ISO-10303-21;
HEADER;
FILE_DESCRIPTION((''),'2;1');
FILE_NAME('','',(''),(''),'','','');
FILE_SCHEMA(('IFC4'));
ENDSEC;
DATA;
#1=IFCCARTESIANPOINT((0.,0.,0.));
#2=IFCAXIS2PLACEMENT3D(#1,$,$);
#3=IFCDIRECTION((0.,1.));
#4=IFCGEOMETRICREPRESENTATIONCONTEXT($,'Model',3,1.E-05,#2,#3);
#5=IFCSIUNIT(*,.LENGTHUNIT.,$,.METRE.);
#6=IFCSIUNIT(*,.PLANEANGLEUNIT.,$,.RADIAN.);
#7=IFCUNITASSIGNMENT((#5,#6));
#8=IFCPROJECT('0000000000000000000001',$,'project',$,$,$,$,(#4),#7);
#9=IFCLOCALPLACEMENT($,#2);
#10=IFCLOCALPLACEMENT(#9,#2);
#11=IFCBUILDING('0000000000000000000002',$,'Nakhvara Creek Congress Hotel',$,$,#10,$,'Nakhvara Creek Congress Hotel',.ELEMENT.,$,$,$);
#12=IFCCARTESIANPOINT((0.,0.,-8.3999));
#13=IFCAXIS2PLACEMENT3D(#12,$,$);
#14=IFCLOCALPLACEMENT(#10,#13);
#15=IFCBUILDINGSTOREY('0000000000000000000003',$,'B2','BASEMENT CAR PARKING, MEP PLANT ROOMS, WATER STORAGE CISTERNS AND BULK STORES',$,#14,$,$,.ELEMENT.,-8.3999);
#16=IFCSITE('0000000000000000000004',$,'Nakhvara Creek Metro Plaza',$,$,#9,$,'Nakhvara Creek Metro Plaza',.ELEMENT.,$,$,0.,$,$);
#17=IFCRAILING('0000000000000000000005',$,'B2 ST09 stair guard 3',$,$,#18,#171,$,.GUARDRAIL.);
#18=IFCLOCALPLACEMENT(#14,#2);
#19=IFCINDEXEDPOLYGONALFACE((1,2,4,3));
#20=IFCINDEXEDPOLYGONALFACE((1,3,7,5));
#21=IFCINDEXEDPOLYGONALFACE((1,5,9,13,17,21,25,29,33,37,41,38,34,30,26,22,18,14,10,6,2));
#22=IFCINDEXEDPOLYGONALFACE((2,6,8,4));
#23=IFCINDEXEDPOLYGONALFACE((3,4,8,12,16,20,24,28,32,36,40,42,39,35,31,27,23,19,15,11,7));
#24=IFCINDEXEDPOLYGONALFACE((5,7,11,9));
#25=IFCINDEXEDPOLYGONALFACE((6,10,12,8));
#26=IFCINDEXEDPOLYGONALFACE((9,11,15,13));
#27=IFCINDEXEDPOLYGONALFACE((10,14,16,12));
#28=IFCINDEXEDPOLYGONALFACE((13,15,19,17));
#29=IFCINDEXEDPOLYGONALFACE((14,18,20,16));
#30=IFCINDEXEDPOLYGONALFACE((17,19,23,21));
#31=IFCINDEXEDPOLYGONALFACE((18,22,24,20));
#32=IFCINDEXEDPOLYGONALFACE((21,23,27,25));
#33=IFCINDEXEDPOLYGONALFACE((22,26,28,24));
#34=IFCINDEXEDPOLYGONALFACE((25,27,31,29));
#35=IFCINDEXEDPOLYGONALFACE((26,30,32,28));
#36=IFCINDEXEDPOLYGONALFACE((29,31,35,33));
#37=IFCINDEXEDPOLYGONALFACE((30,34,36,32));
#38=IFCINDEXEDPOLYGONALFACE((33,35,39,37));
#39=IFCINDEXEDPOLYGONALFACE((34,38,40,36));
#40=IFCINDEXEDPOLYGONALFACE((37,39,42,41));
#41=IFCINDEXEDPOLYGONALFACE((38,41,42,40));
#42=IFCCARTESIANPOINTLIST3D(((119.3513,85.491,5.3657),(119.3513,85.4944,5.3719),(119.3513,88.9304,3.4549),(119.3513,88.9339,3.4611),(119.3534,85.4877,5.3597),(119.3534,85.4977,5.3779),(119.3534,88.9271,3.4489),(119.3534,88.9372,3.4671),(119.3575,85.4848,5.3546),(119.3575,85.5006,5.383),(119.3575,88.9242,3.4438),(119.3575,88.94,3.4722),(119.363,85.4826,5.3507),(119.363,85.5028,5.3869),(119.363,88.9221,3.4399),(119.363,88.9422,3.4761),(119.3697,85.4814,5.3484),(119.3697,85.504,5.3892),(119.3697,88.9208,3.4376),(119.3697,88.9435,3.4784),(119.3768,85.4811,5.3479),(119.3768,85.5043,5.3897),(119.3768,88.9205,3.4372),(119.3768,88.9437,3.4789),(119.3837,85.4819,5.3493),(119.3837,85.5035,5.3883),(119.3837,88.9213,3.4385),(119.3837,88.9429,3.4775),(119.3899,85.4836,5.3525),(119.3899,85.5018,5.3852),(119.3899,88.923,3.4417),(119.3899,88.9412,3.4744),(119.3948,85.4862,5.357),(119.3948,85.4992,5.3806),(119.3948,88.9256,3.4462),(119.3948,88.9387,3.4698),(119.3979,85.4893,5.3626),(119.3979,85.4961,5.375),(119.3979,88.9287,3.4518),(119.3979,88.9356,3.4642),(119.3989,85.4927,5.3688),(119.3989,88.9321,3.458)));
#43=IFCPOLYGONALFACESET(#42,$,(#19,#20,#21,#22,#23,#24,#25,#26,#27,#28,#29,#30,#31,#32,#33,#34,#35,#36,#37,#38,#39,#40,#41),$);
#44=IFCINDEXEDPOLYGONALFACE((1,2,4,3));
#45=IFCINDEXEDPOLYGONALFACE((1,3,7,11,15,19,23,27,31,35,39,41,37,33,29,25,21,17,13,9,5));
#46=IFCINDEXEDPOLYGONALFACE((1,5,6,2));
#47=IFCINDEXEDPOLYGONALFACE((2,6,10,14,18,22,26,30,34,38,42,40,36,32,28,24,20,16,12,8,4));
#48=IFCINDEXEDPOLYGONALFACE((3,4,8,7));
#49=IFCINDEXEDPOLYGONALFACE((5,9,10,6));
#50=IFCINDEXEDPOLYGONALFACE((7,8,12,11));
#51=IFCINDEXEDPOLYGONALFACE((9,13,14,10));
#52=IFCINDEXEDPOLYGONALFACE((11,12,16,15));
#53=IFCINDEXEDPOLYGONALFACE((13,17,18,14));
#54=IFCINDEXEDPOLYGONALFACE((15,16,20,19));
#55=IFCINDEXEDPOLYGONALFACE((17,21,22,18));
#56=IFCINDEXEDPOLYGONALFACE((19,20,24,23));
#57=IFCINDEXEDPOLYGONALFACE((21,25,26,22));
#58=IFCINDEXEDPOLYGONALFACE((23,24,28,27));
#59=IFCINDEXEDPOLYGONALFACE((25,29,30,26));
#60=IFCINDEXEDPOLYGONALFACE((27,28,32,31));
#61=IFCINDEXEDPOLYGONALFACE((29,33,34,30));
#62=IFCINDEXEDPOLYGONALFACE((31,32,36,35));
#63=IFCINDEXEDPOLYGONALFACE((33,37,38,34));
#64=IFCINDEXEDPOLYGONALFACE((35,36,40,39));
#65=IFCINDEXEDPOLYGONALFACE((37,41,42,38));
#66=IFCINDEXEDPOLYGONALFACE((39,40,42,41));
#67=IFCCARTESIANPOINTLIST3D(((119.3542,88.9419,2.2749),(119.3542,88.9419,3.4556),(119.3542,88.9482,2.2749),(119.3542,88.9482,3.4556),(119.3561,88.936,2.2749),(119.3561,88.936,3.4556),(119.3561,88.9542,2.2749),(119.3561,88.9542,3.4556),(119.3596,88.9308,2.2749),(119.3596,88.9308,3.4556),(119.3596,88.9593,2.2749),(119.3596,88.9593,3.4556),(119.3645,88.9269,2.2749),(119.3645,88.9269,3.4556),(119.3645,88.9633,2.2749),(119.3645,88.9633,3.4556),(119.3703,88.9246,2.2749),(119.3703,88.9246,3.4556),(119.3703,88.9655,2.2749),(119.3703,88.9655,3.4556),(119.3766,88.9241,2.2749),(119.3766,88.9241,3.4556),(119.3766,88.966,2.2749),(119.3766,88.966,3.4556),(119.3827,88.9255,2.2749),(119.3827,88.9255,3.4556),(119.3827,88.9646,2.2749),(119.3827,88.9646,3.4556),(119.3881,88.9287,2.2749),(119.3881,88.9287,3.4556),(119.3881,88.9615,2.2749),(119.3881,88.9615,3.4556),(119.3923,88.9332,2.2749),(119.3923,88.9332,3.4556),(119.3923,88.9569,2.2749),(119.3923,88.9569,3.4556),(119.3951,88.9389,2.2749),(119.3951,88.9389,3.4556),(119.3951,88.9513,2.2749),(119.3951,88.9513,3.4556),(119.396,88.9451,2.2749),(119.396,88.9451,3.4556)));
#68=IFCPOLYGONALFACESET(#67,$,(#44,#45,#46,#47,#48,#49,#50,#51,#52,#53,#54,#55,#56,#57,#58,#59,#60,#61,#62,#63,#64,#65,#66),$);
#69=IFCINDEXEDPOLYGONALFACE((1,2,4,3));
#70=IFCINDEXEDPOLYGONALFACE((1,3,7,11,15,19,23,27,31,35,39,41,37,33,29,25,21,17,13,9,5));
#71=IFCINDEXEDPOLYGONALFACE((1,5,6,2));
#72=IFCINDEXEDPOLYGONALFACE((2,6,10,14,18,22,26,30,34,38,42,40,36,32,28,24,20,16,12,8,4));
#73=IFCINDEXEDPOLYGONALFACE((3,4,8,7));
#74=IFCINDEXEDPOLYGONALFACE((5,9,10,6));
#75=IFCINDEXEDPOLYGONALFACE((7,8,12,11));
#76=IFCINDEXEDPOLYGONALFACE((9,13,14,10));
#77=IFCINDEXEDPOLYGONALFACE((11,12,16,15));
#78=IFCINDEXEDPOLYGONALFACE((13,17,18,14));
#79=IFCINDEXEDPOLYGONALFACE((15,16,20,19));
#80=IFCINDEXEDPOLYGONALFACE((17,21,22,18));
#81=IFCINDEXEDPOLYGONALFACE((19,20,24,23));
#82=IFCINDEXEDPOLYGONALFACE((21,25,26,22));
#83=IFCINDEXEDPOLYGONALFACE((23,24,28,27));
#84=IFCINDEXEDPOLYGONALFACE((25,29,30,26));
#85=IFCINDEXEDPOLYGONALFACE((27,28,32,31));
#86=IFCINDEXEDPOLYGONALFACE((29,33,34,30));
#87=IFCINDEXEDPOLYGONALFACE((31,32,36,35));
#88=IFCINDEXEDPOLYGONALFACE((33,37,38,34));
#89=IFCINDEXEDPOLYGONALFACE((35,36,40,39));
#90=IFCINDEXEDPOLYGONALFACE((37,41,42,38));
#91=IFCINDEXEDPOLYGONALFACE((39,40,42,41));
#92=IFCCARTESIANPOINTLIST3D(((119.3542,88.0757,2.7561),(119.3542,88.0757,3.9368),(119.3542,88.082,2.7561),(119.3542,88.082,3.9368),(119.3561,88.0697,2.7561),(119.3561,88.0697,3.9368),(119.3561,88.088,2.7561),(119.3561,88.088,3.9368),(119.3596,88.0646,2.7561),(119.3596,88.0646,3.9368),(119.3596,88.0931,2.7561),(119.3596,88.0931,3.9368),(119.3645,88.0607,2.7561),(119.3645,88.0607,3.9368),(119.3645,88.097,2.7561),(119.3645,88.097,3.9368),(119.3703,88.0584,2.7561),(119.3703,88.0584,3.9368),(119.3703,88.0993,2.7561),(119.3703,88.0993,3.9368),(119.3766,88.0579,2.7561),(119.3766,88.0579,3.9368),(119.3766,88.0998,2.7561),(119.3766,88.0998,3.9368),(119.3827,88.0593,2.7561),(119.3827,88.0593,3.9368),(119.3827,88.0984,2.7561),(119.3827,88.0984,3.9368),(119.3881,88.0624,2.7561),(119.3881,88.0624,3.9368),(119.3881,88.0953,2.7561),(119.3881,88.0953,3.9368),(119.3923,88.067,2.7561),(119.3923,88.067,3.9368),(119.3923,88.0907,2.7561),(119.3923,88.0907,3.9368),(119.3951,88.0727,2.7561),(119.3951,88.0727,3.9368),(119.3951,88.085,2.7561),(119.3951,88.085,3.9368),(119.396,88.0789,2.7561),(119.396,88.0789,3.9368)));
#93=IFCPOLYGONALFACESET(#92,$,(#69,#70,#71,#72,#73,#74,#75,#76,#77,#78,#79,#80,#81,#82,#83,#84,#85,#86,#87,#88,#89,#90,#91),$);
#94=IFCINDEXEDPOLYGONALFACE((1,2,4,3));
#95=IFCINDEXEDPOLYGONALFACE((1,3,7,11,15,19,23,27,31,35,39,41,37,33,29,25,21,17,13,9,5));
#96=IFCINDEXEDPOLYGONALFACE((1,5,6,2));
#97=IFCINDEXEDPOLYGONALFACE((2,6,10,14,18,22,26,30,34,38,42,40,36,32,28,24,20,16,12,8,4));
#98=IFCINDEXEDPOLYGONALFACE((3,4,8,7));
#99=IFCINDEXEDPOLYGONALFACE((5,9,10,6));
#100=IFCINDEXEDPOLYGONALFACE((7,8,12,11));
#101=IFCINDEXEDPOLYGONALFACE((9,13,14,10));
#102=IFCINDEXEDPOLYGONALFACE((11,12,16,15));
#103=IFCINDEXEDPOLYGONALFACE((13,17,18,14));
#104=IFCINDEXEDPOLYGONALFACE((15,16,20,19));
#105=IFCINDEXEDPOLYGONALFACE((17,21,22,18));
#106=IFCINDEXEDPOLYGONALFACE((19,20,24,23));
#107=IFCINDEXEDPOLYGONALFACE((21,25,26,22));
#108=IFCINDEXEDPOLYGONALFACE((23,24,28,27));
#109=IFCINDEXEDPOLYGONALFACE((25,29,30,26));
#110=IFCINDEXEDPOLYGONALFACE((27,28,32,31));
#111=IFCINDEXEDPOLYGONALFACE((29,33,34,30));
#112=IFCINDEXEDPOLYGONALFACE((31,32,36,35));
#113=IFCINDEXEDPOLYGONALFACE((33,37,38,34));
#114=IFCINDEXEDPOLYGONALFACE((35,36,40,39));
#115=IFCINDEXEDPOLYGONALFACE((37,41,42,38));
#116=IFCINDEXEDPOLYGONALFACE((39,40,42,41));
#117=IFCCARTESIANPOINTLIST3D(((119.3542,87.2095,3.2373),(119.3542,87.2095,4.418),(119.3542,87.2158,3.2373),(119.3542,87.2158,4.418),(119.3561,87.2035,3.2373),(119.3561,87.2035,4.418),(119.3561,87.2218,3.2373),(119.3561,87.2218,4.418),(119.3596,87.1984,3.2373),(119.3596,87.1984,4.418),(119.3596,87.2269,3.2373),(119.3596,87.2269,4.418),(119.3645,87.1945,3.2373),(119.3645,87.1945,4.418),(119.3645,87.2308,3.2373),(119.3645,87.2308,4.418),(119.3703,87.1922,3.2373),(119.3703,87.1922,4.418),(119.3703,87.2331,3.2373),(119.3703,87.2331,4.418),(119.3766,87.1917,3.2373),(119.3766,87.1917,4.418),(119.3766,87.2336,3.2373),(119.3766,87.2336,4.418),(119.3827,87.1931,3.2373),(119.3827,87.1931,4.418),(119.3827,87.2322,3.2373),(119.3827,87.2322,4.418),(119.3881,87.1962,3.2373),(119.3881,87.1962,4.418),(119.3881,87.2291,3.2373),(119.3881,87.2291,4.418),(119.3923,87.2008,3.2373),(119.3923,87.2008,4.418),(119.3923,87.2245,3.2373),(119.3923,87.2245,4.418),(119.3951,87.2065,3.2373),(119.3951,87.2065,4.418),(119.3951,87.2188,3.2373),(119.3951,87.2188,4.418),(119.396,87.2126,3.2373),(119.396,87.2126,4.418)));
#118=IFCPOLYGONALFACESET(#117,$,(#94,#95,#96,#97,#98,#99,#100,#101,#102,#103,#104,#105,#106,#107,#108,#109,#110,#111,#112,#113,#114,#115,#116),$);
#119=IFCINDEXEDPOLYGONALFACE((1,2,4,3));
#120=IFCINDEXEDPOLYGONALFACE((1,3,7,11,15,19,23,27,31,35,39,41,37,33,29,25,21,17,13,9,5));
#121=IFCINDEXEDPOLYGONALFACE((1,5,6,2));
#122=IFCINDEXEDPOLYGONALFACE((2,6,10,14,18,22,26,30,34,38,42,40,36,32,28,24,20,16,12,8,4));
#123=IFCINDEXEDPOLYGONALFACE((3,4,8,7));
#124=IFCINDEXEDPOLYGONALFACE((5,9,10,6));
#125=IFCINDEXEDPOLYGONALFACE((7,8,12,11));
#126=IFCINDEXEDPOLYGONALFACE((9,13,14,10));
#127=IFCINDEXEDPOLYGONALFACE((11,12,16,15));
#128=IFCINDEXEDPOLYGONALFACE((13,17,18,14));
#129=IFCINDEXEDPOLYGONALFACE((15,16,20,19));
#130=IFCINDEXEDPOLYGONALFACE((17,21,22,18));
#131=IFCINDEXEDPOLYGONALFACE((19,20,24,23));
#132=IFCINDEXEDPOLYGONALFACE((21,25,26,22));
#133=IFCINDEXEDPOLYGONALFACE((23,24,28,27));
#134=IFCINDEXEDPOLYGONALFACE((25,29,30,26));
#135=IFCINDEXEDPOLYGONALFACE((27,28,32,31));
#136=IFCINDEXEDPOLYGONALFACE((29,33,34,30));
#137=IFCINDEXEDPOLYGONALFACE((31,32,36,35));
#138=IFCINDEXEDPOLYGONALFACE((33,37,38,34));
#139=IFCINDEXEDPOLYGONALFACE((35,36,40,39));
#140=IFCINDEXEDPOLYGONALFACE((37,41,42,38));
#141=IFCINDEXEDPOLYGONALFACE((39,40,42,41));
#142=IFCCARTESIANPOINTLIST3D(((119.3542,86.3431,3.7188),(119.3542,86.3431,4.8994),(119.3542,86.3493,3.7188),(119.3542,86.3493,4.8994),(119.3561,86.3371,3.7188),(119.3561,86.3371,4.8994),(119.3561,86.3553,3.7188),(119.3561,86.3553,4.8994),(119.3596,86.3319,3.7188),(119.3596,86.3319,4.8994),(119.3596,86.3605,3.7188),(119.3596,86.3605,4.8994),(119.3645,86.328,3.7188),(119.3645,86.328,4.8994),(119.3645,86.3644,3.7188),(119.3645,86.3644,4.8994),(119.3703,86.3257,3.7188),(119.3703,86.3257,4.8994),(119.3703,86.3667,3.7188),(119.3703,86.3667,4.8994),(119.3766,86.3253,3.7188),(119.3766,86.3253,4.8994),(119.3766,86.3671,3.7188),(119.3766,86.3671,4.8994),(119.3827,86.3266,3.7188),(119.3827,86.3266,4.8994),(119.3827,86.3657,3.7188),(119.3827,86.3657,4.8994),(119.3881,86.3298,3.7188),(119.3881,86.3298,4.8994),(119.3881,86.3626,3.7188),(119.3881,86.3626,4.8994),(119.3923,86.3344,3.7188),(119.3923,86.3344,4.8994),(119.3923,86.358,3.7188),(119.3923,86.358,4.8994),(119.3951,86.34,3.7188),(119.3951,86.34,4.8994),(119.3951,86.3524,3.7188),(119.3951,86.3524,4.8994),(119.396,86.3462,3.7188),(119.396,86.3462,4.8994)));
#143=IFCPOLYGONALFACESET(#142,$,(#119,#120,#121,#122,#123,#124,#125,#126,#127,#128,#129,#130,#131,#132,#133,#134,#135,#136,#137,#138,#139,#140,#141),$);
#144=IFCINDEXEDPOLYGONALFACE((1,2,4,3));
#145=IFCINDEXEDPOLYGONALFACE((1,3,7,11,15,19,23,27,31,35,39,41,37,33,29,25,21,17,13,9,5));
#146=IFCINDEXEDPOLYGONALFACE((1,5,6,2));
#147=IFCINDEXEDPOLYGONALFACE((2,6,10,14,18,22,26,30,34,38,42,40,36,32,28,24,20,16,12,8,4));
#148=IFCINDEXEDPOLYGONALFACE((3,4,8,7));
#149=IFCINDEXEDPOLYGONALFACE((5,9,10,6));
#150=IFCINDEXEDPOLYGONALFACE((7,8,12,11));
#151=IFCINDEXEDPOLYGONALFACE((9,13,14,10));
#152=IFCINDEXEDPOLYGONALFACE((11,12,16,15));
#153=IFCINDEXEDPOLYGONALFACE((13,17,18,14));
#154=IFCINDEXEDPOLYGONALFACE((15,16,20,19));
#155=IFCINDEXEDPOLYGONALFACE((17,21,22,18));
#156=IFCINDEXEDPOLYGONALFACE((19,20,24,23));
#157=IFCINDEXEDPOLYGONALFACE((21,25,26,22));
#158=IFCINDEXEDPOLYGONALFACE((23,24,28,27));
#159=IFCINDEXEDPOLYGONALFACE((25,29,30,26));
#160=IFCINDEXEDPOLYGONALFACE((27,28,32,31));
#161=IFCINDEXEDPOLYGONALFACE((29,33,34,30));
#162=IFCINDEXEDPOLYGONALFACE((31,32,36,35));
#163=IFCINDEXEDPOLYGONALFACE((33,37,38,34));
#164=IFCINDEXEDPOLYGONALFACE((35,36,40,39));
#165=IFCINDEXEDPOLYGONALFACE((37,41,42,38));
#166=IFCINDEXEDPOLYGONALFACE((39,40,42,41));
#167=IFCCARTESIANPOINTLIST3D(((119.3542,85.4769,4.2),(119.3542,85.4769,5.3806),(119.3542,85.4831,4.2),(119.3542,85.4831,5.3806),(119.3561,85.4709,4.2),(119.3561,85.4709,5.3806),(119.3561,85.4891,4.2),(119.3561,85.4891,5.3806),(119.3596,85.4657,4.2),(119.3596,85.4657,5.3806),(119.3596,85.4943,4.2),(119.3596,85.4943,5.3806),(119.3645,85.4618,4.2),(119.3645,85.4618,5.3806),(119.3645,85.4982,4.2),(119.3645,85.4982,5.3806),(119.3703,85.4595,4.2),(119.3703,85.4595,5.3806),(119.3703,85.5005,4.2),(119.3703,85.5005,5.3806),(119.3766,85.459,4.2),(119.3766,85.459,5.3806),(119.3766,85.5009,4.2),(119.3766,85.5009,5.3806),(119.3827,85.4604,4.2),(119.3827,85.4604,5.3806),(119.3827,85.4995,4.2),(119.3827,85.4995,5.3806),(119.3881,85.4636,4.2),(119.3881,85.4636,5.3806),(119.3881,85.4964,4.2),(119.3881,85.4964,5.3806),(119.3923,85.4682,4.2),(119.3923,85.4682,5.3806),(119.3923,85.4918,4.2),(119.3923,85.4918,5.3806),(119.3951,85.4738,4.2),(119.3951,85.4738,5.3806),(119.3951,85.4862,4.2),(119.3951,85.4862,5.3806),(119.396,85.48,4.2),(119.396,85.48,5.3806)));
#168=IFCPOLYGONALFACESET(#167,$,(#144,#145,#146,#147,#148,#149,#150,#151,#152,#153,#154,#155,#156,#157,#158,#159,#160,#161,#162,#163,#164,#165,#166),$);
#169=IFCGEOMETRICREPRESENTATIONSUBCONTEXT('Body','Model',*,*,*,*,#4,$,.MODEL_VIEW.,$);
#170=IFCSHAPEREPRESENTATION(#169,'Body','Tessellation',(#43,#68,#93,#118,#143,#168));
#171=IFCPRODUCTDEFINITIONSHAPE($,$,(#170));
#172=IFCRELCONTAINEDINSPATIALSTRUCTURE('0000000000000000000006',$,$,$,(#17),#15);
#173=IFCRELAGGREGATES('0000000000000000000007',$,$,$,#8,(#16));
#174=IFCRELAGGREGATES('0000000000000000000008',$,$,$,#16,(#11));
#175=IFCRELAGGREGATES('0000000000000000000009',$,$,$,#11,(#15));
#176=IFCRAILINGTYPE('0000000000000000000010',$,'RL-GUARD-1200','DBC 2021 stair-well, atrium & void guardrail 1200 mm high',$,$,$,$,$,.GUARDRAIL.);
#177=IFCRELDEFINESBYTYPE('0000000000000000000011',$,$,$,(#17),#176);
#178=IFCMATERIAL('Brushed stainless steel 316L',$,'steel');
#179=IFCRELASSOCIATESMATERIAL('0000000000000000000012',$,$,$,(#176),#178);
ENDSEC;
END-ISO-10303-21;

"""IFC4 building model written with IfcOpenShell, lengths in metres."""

from ifc_helpers import new_model, si_unit, direction, frame, origin, origin_2d, place, context, subcontext, project, spatial, circle, extrude, material, type_object, element, save


model = new_model("IFC4")

# Units and contexts
model_context = context("Model", 3, precision=1e-05, world=origin(), true_north=direction((0.0, 1.0)))
body_context = subcontext(model_context, "Body", "Model", "MODEL_VIEW")
ifc_project = project(units=[si_unit("LENGTHUNIT", "METRE"), si_unit("PLANEANGLEUNIT", "RADIAN")], contexts=[model_context])

# Site, building, storey
site_placement = place(None, origin())
site = spatial("IfcSite", under=ifc_project, at=site_placement, Name="Nakhvara Creek Metro Plaza", LongName="Nakhvara Creek Metro Plaza", CompositionType="ELEMENT", RefElevation=0.0)
building_placement = place(site_placement, origin())
building = spatial("IfcBuilding", under=site, at=building_placement, Name="Nakhvara Creek Congress Hotel", LongName="Nakhvara Creek Congress Hotel", CompositionType="ELEMENT")
storey_placement = place(building_placement, frame((0.0, 0.0, -8.3999)))
storey = spatial("IfcBuildingStorey", under=building, at=storey_placement, Name="B2", Description="BASEMENT CAR PARKING, MEP PLANT ROOMS, WATER STORAGE CISTERNS AND BULK STORES", CompositionType="ELEMENT", Elevation=-8.3999)

# Railing
ifc_material_1 = material(Name="Brushed stainless steel 316L", Category="steel")
railing_type_1 = type_object("IfcRailingType", Name="RL-GUARD-1200", Description="DBC 2021 stair-well, atrium & void guardrail 1200 mm high", PredefinedType="GUARDRAIL", material=ifc_material_1)
railing_1_placement = place(storey_placement, frame((119.375, 88.9451, 2.2749)))
element("IfcRailing", 1, at=railing_1_placement, inside=storey, type_object=railing_type_1, Name="B2 ST09 stair guard 3", PredefinedType="GUARDRAIL", context=body_context, shape_type="SweptSolid", body=[
    extrude(circle(Radius=0.0239, at=origin_2d()), frame((0.0, -0.0129, 1.1831), z_axis=(0.0, -0.874157, 0.485643), x_axis=(1.0, 0.0, 0.0)), (0.0, 0.0, 1.0), 3.9346),
    extrude(circle(Radius=0.021, at=origin_2d()), origin(), (0.0, 0.0, 1.0), 1.1807),
    extrude(circle(Radius=0.021, at=origin_2d()), frame((0.0, -0.8662, 0.4812)), (0.0, 0.0, 1.0), 1.1807),
    extrude(circle(Radius=0.021, at=origin_2d()), frame((0.0, -1.7324, 0.9624)), (0.0, 0.0, 1.0), 1.1807),
    extrude(circle(Radius=0.021, at=origin_2d()), frame((0.0, -2.5989, 1.4438)), (0.0, 0.0, 1.0), 1.1807),
    extrude(circle(Radius=0.021, at=origin_2d()), frame((0.0, -3.4651, 1.925)), (0.0, 0.0, 1.0), 1.1807),
])

save(model, "model.ifc")
